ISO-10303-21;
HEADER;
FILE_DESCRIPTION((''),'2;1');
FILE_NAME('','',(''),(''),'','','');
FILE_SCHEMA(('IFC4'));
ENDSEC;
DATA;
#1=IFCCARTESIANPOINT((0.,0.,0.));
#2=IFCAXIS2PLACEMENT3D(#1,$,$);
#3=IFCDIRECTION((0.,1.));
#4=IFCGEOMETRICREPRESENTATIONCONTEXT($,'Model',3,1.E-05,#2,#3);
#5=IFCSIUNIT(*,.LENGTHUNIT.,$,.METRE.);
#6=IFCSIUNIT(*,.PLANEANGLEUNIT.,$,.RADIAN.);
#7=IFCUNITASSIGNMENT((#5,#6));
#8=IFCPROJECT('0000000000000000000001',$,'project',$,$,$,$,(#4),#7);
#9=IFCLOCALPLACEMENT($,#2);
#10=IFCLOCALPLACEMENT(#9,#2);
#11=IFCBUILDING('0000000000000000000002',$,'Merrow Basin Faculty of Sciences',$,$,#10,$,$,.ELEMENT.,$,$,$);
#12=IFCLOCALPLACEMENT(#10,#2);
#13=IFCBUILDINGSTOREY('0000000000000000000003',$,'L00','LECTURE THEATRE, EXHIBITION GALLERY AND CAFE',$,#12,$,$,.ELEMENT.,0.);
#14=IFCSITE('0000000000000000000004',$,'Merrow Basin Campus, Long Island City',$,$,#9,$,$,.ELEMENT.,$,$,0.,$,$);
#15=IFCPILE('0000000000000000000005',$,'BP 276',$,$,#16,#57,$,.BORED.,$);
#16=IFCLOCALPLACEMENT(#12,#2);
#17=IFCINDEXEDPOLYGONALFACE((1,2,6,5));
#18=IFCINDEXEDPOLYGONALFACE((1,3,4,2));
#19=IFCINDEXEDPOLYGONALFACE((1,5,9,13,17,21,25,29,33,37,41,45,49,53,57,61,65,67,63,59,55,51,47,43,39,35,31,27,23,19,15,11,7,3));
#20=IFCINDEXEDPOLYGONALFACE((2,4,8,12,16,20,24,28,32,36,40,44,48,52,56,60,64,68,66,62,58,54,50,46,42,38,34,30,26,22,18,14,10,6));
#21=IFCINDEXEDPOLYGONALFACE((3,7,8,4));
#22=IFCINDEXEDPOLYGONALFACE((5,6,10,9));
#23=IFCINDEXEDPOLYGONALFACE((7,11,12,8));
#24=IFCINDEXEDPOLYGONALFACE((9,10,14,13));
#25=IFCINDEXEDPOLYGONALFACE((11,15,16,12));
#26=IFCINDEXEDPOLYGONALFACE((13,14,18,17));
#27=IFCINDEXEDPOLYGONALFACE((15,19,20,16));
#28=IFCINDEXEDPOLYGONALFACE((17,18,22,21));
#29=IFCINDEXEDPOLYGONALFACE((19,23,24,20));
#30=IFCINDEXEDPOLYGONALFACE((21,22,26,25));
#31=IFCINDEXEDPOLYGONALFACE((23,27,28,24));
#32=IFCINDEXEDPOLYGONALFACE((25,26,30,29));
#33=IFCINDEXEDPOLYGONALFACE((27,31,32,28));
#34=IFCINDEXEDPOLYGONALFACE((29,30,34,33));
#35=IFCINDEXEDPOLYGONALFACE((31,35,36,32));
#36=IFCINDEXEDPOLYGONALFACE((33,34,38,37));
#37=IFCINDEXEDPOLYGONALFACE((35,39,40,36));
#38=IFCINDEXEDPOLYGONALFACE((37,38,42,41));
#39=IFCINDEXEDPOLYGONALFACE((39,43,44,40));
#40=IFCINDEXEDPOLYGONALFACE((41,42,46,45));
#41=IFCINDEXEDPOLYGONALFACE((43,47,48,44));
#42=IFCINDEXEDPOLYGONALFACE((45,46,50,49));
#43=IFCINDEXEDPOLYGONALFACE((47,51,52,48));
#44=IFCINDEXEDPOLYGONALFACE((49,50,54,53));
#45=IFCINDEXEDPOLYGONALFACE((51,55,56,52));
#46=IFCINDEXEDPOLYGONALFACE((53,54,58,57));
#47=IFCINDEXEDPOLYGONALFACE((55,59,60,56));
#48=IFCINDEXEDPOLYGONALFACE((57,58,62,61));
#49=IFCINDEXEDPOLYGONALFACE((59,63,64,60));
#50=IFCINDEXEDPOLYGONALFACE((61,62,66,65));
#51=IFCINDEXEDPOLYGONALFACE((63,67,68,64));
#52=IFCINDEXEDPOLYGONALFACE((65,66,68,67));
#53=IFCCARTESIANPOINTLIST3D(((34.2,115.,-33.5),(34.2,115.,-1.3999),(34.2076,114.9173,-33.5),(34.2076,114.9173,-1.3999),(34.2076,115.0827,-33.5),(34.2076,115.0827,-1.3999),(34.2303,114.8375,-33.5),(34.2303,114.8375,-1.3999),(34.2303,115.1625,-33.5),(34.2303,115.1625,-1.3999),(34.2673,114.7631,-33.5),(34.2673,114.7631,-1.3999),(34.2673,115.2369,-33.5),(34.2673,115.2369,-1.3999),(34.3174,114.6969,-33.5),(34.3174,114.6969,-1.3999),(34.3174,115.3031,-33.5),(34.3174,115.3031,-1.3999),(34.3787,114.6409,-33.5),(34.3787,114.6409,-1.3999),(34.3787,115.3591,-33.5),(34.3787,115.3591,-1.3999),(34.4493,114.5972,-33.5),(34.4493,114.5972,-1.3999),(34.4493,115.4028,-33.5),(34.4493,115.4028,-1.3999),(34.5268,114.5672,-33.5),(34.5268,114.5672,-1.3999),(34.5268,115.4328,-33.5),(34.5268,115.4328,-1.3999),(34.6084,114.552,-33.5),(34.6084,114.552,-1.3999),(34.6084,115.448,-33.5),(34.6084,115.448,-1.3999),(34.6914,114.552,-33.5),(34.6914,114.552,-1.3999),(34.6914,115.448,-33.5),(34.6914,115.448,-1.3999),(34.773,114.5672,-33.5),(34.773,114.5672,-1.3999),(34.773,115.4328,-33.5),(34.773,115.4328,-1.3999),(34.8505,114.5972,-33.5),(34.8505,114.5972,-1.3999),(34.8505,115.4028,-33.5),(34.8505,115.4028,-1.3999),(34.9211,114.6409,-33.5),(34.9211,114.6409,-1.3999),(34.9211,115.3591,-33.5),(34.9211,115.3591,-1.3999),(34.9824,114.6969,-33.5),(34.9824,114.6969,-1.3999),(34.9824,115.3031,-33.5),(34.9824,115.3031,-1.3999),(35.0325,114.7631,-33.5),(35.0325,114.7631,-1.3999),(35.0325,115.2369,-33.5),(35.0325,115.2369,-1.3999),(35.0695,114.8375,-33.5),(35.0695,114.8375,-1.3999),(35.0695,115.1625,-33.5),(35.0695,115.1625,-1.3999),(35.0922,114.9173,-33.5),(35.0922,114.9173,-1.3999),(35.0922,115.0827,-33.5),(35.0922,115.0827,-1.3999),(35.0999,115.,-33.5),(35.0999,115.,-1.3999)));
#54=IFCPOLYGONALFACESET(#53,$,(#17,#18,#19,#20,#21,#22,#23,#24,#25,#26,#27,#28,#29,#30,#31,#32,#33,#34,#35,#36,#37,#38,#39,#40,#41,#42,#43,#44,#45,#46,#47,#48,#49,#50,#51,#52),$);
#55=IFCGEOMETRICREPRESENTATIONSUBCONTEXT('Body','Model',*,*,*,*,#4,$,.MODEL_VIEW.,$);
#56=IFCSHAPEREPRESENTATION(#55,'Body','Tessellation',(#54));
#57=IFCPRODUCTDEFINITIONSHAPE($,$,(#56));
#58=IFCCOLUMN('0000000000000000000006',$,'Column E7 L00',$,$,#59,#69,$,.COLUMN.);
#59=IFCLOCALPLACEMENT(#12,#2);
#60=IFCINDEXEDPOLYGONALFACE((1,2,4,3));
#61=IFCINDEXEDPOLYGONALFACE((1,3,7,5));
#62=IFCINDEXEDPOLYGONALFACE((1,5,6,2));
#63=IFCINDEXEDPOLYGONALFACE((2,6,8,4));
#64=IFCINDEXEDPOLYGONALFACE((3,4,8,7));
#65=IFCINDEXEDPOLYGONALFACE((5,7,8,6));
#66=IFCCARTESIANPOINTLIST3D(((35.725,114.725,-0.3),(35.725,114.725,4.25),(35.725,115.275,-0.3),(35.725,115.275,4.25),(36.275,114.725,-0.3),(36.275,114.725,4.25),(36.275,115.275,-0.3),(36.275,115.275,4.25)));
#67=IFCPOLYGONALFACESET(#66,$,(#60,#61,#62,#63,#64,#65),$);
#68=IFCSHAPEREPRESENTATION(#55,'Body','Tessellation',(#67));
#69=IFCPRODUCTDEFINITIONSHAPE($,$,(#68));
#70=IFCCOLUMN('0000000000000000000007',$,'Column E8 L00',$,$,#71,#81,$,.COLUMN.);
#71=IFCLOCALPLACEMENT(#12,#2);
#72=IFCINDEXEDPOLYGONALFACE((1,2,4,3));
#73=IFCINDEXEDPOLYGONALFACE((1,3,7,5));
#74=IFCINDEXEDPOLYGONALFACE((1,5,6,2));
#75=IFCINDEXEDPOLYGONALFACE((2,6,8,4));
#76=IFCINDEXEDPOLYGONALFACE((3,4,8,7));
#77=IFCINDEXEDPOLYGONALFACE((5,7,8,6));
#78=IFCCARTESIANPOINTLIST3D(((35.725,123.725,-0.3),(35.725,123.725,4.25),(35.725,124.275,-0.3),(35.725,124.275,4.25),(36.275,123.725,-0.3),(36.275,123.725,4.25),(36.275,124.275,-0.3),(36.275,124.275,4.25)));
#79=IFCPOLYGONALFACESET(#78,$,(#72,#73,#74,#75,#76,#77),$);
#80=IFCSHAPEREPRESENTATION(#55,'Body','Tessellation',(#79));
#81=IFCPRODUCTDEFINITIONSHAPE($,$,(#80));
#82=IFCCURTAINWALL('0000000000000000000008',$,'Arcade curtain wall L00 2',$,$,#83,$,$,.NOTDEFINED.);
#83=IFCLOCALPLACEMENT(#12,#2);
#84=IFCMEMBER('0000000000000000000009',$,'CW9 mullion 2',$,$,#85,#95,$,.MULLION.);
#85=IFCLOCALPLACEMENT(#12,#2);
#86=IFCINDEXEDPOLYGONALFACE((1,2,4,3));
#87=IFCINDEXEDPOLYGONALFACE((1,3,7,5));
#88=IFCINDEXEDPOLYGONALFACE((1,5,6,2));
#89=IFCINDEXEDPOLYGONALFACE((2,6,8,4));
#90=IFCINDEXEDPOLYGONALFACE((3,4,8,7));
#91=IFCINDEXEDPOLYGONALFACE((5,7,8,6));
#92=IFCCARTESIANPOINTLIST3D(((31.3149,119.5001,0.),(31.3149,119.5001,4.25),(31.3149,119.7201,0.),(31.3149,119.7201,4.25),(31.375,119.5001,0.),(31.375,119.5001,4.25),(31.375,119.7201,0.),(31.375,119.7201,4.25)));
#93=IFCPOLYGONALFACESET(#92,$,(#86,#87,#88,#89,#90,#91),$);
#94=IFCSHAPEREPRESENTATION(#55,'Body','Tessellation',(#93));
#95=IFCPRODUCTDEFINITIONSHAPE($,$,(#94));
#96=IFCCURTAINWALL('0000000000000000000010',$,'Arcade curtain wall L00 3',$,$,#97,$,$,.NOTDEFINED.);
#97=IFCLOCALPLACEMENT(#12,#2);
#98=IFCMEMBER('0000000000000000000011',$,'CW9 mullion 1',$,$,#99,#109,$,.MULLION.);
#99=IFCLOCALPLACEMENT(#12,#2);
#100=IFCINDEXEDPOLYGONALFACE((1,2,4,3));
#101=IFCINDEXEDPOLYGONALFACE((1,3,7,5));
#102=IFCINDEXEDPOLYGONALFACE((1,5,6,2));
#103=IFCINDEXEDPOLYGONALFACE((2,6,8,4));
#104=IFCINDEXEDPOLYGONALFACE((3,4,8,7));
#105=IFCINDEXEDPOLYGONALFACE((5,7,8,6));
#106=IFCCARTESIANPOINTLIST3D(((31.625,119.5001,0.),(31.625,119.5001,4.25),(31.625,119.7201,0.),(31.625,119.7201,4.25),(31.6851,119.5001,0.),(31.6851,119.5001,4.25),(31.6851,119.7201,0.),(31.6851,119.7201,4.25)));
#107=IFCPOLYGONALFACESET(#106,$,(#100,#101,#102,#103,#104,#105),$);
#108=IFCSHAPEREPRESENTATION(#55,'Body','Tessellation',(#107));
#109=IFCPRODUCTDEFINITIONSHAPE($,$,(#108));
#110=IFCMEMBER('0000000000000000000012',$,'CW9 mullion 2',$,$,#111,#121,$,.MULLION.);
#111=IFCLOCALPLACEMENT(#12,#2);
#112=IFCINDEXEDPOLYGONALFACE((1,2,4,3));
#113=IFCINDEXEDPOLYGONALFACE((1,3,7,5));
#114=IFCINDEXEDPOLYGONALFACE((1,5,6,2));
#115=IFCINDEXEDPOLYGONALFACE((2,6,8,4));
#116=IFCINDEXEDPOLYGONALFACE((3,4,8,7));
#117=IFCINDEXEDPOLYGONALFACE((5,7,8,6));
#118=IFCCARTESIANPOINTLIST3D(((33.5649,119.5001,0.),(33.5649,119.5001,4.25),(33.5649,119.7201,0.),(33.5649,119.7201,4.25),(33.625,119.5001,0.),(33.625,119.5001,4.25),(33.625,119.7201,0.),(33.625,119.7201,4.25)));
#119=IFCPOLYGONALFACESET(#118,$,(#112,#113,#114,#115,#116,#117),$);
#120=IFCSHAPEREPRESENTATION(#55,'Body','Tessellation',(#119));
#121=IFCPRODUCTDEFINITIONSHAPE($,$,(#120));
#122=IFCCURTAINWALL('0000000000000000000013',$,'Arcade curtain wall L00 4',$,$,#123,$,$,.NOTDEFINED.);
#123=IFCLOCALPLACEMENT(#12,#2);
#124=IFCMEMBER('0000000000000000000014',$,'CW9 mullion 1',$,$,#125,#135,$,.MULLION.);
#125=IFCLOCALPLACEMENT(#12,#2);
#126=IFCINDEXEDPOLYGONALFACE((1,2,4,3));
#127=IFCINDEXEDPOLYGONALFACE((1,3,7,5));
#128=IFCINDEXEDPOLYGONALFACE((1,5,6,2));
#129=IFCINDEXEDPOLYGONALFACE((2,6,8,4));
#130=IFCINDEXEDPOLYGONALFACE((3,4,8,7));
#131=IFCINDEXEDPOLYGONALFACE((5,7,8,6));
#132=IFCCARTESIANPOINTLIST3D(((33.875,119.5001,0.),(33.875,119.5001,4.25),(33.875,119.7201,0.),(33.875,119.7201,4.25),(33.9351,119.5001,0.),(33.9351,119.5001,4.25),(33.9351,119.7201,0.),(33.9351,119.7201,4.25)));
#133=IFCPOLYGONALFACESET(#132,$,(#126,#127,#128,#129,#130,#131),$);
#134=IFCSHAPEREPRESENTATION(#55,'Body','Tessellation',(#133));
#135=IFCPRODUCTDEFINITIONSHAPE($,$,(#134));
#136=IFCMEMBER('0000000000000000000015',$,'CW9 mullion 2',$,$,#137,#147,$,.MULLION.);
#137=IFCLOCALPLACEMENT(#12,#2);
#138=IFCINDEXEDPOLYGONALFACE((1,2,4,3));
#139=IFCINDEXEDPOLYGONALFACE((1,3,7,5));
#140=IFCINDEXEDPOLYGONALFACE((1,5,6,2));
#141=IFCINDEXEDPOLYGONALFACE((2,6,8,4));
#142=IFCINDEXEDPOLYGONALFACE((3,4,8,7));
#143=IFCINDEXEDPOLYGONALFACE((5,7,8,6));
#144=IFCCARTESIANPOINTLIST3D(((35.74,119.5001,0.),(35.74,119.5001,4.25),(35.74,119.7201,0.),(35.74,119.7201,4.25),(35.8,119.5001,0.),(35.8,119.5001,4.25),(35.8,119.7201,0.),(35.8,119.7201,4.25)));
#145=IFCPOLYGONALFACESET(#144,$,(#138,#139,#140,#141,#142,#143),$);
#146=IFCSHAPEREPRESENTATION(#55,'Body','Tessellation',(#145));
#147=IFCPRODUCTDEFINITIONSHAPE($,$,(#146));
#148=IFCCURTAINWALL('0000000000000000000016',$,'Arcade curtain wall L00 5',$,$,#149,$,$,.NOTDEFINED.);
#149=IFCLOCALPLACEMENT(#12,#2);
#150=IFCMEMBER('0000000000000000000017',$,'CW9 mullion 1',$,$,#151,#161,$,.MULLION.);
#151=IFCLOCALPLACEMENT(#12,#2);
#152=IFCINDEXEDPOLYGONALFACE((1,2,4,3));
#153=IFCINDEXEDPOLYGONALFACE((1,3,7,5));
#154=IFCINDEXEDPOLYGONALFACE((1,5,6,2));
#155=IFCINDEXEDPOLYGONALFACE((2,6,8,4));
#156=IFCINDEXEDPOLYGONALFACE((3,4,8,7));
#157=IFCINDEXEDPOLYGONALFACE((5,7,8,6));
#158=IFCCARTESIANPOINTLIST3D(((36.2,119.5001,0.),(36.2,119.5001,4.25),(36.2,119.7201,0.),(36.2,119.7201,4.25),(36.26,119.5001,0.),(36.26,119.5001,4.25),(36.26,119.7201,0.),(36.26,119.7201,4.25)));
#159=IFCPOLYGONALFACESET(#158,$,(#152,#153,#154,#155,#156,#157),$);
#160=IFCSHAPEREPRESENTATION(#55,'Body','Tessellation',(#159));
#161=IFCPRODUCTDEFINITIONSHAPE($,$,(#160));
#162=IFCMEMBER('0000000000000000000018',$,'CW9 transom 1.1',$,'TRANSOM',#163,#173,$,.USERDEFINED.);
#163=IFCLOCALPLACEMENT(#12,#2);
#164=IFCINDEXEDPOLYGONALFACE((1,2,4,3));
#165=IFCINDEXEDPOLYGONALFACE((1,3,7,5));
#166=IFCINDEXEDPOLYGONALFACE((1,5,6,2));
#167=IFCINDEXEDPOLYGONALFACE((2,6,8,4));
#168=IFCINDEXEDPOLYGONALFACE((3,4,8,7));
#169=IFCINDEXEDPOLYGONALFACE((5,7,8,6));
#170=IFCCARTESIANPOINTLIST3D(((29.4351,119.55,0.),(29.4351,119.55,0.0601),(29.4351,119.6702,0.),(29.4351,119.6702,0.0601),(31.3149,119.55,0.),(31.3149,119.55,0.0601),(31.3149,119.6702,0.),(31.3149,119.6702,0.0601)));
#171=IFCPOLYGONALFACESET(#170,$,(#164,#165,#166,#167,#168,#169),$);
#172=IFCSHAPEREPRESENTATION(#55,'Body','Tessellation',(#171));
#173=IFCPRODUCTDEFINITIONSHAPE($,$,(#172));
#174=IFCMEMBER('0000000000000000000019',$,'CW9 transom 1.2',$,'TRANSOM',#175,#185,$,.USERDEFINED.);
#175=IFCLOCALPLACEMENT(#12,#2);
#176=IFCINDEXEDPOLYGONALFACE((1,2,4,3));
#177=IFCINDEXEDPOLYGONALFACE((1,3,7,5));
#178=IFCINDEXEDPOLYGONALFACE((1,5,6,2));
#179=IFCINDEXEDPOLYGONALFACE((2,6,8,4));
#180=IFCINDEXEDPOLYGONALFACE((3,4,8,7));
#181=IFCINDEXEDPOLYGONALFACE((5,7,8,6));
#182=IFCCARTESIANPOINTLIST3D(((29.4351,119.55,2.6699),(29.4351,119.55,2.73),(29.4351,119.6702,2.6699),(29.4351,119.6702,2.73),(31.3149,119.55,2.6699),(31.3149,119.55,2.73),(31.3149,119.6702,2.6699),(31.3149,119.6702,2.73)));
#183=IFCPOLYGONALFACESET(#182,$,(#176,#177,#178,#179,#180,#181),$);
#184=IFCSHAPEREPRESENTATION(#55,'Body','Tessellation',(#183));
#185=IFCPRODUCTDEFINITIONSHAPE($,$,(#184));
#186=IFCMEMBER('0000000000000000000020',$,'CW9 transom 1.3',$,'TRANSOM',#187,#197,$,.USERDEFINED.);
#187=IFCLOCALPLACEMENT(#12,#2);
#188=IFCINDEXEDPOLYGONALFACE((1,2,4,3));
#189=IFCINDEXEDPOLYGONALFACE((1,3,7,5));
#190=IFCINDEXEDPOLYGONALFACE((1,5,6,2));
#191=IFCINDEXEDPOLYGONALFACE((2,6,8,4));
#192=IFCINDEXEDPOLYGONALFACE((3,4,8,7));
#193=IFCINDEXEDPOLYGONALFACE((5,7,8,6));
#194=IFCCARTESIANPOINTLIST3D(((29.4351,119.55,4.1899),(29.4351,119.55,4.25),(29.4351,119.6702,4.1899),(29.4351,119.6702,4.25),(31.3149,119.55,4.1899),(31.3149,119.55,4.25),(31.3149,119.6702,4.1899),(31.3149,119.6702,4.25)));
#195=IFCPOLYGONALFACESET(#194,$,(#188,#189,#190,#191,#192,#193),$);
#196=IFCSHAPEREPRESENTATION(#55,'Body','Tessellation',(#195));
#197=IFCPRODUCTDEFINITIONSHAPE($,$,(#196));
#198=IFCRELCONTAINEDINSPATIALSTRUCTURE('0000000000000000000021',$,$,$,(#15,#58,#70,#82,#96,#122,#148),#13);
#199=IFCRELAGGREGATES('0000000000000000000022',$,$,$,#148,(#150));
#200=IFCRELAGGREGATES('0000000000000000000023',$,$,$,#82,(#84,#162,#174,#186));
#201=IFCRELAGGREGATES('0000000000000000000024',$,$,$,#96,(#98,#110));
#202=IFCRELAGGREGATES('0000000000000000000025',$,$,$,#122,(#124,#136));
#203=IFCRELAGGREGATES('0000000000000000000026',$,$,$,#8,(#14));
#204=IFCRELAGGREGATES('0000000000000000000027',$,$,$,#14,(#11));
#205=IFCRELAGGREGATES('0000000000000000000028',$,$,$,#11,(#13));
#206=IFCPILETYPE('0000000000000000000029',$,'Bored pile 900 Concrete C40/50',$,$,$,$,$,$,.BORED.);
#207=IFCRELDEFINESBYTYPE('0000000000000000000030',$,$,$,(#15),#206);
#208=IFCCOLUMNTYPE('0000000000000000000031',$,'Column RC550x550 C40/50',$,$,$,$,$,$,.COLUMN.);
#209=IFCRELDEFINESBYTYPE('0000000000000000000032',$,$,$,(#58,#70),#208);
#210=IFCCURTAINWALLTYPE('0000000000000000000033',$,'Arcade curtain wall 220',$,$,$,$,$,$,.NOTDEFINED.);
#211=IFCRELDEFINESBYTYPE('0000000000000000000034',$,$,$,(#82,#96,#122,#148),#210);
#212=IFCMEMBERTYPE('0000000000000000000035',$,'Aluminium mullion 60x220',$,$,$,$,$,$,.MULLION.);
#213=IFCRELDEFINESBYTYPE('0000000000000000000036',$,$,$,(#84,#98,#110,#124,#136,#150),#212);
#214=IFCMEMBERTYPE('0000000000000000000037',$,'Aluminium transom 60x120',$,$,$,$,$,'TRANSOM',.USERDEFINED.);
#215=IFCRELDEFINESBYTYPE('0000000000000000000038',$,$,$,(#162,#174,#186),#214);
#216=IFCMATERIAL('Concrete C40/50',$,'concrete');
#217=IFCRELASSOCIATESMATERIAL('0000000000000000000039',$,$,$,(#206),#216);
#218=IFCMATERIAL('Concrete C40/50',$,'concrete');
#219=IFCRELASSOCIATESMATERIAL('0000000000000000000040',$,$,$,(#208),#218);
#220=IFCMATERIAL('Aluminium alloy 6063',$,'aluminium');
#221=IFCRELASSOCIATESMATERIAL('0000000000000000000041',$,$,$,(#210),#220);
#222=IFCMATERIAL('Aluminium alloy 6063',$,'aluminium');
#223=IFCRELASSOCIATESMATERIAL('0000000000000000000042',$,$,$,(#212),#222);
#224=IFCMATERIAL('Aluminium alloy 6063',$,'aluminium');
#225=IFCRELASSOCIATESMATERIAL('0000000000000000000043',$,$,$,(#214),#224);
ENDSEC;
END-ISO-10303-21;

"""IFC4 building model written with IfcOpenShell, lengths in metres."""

from ifc_helpers import new_model, si_unit, direction, frame, origin, origin_2d, place, context, subcontext, project, spatial, rectangle, circle, extrude, material, material_profile, profile_set, type_object, element, aggregate, save


model = new_model("IFC4")

# Units and contexts
model_context = context("Model", 3, precision=1e-05, world=origin(), true_north=direction((0.0, 1.0)))
body_context = subcontext(model_context, "Body", "Model", "MODEL_VIEW")
ifc_project = project(units=[si_unit("LENGTHUNIT", "METRE"), si_unit("PLANEANGLEUNIT", "RADIAN")], contexts=[model_context])

# Site, building, storey
site_placement = place(None, origin())
site = spatial("IfcSite", under=ifc_project, at=site_placement, Name="Merrow Basin Campus, Long Island City", CompositionType="ELEMENT", RefElevation=0.0)
building_placement = place(site_placement, origin())
building = spatial("IfcBuilding", under=site, at=building_placement, Name="Merrow Basin Faculty of Sciences", CompositionType="ELEMENT")
storey_placement = place(building_placement, origin())
storey = spatial("IfcBuildingStorey", under=building, at=storey_placement, Name="L00", Description="LECTURE THEATRE, EXHIBITION GALLERY AND CAFE", CompositionType="ELEMENT", Elevation=0.0)

# Pile
ifc_material_1 = material(Name="Concrete C40/50", Category="concrete")
ifc_material_profile_1 = material_profile(ifc_material_1, circle(Radius=0.45, at=origin_2d()))
ifc_profile_set_1 = profile_set([ifc_material_profile_1], Name="Concrete C40/50")
pile_type = type_object("IfcPileType", Name="Bored pile 900 Concrete C40/50", PredefinedType="BORED", material=ifc_profile_set_1)
pile_placement = place(storey_placement, frame((34.6499, 115.0, -1.3999), z_axis=(0.0, 0.0, -1.0), x_axis=(1.0, 0.0, 0.0)))
element("IfcPile", 1, at=pile_placement, inside=storey, type_object=pile_type, Name="BP 276", PredefinedType="BORED", context=body_context, shape_type="SweptSolid", body=[
    extrude(circle(Radius=0.45, at=origin_2d()), origin(), (0.0, 0.0, 1.0), 32.1001),
])

# Columns
ifc_material_2 = material(Name="Concrete C40/50", Category="concrete")
ifc_material_profile_2 = material_profile(ifc_material_2, rectangle(XDim=0.55, YDim=0.55, at=origin_2d()))
ifc_profile_set_2 = profile_set([ifc_material_profile_2], Name="Concrete C40/50")
column_type = type_object("IfcColumnType", Name="Column RC550x550 C40/50", PredefinedType="COLUMN", material=ifc_profile_set_2)
for number, where, z_axis, x_axis, name in (
    (2, (36.0, 115.0, -0.3), (0.0, 0.0, 1.0), (1.0, 0.0, 0.0), "Column E7 L00"),
    (3, (36.0, 124.0, -0.3), (0.0, 0.0, 1.0), (1.0, 0.0, 0.0), "Column E8 L00"),
):
    element("IfcColumn", number, at=place(storey_placement, frame(where, z_axis=z_axis, x_axis=x_axis)), inside=storey, type_object=column_type, Name=name, PredefinedType="COLUMN", context=body_context, shape_type="SweptSolid", body=[
        extrude(rectangle(XDim=0.55, YDim=0.55, at=origin_2d()), origin(), (0.0, 0.0, 1.0), 4.55),
    ])

# Curtain wall, member
ifc_material_3 = material(Name="Aluminium alloy 6063", Category="aluminium")
curtain_wall_type = type_object("IfcCurtainWallType", Name="Arcade curtain wall 220", PredefinedType="NOTDEFINED", material=ifc_material_3)
curtain_wall_1_placement = place(storey_placement, origin())
curtain_wall_1 = element("IfcCurtainWall", 4, at=curtain_wall_1_placement, inside=storey, type_object=curtain_wall_type, Name="Arcade curtain wall L00 2", PredefinedType="NOTDEFINED")
ifc_material_4 = material(Name="Aluminium alloy 6063", Category="aluminium")
ifc_material_profile_3 = material_profile(ifc_material_4, rectangle(XDim=0.22, YDim=0.0601, at=origin_2d()))
ifc_profile_set_3 = profile_set([ifc_material_profile_3], Name="Aluminium alloy 6063")
member_type_1 = type_object("IfcMemberType", Name="Aluminium mullion 60x220", PredefinedType="MULLION", material=ifc_profile_set_3)
member_1_placement = place(storey_placement, frame((31.345, 119.6101, 0.0), z_axis=(0.0, 0.0, 1.0), x_axis=(0.0, 1.0, 0.0)))
member_1 = element("IfcMember", 5, at=member_1_placement, type_object=member_type_1, Name="CW9 mullion 2", PredefinedType="MULLION", context=body_context, shape_type="SweptSolid", body=[
    extrude(rectangle(XDim=0.22, YDim=0.0601, at=origin_2d()), origin(), (0.0, 0.0, 1.0), 4.25),
])

# Curtain walls, members
curtain_wall_2_placement = place(storey_placement, origin())
curtain_wall_2 = element("IfcCurtainWall", 6, at=curtain_wall_2_placement, inside=storey, type_object=curtain_wall_type, Name="Arcade curtain wall L00 3", PredefinedType="NOTDEFINED")
member_2_placement = place(storey_placement, frame((31.655, 119.6101, 0.0), z_axis=(0.0, 0.0, 1.0), x_axis=(0.0, 1.0, 0.0)))
member_2 = element("IfcMember", 7, at=member_2_placement, type_object=member_type_1, Name="CW9 mullion 1", PredefinedType="MULLION", context=body_context, shape_type="SweptSolid", body=[
    extrude(rectangle(XDim=0.22, YDim=0.0601, at=origin_2d()), origin(), (0.0, 0.0, 1.0), 4.25),
])
member_3_placement = place(storey_placement, frame((33.595, 119.6101, 0.0), z_axis=(0.0, 0.0, 1.0), x_axis=(0.0, 1.0, 0.0)))
member_3 = element("IfcMember", 8, at=member_3_placement, type_object=member_type_1, Name="CW9 mullion 2", PredefinedType="MULLION", context=body_context, shape_type="SweptSolid", body=[
    extrude(rectangle(XDim=0.22, YDim=0.0601, at=origin_2d()), origin(), (0.0, 0.0, 1.0), 4.25),
])
curtain_wall_3_placement = place(storey_placement, origin())
curtain_wall_3 = element("IfcCurtainWall", 9, at=curtain_wall_3_placement, inside=storey, type_object=curtain_wall_type, Name="Arcade curtain wall L00 4", PredefinedType="NOTDEFINED")
member_4_placement = place(storey_placement, frame((33.905, 119.6101, 0.0), z_axis=(0.0, 0.0, 1.0), x_axis=(0.0, 1.0, 0.0)))
member_4 = element("IfcMember", 10, at=member_4_placement, type_object=member_type_1, Name="CW9 mullion 1", PredefinedType="MULLION", context=body_context, shape_type="SweptSolid", body=[
    extrude(rectangle(XDim=0.22, YDim=0.0601, at=origin_2d()), origin(), (0.0, 0.0, 1.0), 4.25),
])
member_5_placement = place(storey_placement, frame((35.77, 119.6101, 0.0), z_axis=(0.0, 0.0, 1.0), x_axis=(0.0, 1.0, 0.0)))
member_5 = element("IfcMember", 11, at=member_5_placement, type_object=member_type_1, Name="CW9 mullion 2", PredefinedType="MULLION", context=body_context, shape_type="SweptSolid", body=[
    extrude(rectangle(XDim=0.22, YDim=0.0601, at=origin_2d()), origin(), (0.0, 0.0, 1.0), 4.25),
])

# Curtain wall, member
curtain_wall_4_placement = place(storey_placement, origin())
curtain_wall_4 = element("IfcCurtainWall", 12, at=curtain_wall_4_placement, inside=storey, type_object=curtain_wall_type, Name="Arcade curtain wall L00 5", PredefinedType="NOTDEFINED")
member_6_placement = place(storey_placement, frame((36.23, 119.6101, 0.0), z_axis=(0.0, 0.0, 1.0), x_axis=(0.0, 1.0, 0.0)))
member_6 = element("IfcMember", 13, at=member_6_placement, type_object=member_type_1, Name="CW9 mullion 1", PredefinedType="MULLION", context=body_context, shape_type="SweptSolid", body=[
    extrude(rectangle(XDim=0.22, YDim=0.0601, at=origin_2d()), origin(), (0.0, 0.0, 1.0), 4.25),
])

# Members
ifc_material_5 = material(Name="Aluminium alloy 6063", Category="aluminium")
ifc_material_profile_4 = material_profile(ifc_material_5, rectangle(XDim=0.1201, YDim=0.0601, at=origin_2d()))
ifc_profile_set_4 = profile_set([ifc_material_profile_4], Name="Aluminium alloy 6063")
member_type_2 = type_object("IfcMemberType", Name="Aluminium transom 60x120", ElementType="TRANSOM", PredefinedType="USERDEFINED", material=ifc_profile_set_4)
member_7_placement = place(storey_placement, frame((29.4351, 119.6101, 0.03), z_axis=(1.0, 0.0, 0.0), x_axis=(0.0, 1.0, 0.0)))
member_7 = element("IfcMember", 14, at=member_7_placement, type_object=member_type_2, Name="CW9 transom 1.1", ObjectType="TRANSOM", PredefinedType="USERDEFINED", context=body_context, shape_type="SweptSolid", body=[
    extrude(rectangle(XDim=0.1201, YDim=0.0601, at=origin_2d()), origin(), (0.0, 0.0, 1.0), 1.8799),
])
member_8_placement = place(storey_placement, frame((29.4351, 119.6101, 2.7), z_axis=(1.0, 0.0, 0.0), x_axis=(0.0, 1.0, 0.0)))
member_8 = element("IfcMember", 15, at=member_8_placement, type_object=member_type_2, Name="CW9 transom 1.2", ObjectType="TRANSOM", PredefinedType="USERDEFINED", context=body_context, shape_type="SweptSolid", body=[
    extrude(rectangle(XDim=0.1201, YDim=0.0601, at=origin_2d()), origin(), (0.0, 0.0, 1.0), 1.8799),
])
member_9_placement = place(storey_placement, frame((29.4351, 119.6101, 4.22), z_axis=(1.0, 0.0, 0.0), x_axis=(0.0, 1.0, 0.0)))
member_9 = element("IfcMember", 16, at=member_9_placement, type_object=member_type_2, Name="CW9 transom 1.3", ObjectType="TRANSOM", PredefinedType="USERDEFINED", context=body_context, shape_type="SweptSolid", body=[
    extrude(rectangle(XDim=0.1201, YDim=0.0601, at=origin_2d()), origin(), (0.0, 0.0, 1.0), 1.8799),
])
aggregate(curtain_wall_4, [member_6])

aggregate(curtain_wall_1, [member_1, member_7, member_8, member_9])
aggregate(curtain_wall_2, [member_2, member_3])
aggregate(curtain_wall_3, [member_4, member_5])

save(model, "model.ifc")
